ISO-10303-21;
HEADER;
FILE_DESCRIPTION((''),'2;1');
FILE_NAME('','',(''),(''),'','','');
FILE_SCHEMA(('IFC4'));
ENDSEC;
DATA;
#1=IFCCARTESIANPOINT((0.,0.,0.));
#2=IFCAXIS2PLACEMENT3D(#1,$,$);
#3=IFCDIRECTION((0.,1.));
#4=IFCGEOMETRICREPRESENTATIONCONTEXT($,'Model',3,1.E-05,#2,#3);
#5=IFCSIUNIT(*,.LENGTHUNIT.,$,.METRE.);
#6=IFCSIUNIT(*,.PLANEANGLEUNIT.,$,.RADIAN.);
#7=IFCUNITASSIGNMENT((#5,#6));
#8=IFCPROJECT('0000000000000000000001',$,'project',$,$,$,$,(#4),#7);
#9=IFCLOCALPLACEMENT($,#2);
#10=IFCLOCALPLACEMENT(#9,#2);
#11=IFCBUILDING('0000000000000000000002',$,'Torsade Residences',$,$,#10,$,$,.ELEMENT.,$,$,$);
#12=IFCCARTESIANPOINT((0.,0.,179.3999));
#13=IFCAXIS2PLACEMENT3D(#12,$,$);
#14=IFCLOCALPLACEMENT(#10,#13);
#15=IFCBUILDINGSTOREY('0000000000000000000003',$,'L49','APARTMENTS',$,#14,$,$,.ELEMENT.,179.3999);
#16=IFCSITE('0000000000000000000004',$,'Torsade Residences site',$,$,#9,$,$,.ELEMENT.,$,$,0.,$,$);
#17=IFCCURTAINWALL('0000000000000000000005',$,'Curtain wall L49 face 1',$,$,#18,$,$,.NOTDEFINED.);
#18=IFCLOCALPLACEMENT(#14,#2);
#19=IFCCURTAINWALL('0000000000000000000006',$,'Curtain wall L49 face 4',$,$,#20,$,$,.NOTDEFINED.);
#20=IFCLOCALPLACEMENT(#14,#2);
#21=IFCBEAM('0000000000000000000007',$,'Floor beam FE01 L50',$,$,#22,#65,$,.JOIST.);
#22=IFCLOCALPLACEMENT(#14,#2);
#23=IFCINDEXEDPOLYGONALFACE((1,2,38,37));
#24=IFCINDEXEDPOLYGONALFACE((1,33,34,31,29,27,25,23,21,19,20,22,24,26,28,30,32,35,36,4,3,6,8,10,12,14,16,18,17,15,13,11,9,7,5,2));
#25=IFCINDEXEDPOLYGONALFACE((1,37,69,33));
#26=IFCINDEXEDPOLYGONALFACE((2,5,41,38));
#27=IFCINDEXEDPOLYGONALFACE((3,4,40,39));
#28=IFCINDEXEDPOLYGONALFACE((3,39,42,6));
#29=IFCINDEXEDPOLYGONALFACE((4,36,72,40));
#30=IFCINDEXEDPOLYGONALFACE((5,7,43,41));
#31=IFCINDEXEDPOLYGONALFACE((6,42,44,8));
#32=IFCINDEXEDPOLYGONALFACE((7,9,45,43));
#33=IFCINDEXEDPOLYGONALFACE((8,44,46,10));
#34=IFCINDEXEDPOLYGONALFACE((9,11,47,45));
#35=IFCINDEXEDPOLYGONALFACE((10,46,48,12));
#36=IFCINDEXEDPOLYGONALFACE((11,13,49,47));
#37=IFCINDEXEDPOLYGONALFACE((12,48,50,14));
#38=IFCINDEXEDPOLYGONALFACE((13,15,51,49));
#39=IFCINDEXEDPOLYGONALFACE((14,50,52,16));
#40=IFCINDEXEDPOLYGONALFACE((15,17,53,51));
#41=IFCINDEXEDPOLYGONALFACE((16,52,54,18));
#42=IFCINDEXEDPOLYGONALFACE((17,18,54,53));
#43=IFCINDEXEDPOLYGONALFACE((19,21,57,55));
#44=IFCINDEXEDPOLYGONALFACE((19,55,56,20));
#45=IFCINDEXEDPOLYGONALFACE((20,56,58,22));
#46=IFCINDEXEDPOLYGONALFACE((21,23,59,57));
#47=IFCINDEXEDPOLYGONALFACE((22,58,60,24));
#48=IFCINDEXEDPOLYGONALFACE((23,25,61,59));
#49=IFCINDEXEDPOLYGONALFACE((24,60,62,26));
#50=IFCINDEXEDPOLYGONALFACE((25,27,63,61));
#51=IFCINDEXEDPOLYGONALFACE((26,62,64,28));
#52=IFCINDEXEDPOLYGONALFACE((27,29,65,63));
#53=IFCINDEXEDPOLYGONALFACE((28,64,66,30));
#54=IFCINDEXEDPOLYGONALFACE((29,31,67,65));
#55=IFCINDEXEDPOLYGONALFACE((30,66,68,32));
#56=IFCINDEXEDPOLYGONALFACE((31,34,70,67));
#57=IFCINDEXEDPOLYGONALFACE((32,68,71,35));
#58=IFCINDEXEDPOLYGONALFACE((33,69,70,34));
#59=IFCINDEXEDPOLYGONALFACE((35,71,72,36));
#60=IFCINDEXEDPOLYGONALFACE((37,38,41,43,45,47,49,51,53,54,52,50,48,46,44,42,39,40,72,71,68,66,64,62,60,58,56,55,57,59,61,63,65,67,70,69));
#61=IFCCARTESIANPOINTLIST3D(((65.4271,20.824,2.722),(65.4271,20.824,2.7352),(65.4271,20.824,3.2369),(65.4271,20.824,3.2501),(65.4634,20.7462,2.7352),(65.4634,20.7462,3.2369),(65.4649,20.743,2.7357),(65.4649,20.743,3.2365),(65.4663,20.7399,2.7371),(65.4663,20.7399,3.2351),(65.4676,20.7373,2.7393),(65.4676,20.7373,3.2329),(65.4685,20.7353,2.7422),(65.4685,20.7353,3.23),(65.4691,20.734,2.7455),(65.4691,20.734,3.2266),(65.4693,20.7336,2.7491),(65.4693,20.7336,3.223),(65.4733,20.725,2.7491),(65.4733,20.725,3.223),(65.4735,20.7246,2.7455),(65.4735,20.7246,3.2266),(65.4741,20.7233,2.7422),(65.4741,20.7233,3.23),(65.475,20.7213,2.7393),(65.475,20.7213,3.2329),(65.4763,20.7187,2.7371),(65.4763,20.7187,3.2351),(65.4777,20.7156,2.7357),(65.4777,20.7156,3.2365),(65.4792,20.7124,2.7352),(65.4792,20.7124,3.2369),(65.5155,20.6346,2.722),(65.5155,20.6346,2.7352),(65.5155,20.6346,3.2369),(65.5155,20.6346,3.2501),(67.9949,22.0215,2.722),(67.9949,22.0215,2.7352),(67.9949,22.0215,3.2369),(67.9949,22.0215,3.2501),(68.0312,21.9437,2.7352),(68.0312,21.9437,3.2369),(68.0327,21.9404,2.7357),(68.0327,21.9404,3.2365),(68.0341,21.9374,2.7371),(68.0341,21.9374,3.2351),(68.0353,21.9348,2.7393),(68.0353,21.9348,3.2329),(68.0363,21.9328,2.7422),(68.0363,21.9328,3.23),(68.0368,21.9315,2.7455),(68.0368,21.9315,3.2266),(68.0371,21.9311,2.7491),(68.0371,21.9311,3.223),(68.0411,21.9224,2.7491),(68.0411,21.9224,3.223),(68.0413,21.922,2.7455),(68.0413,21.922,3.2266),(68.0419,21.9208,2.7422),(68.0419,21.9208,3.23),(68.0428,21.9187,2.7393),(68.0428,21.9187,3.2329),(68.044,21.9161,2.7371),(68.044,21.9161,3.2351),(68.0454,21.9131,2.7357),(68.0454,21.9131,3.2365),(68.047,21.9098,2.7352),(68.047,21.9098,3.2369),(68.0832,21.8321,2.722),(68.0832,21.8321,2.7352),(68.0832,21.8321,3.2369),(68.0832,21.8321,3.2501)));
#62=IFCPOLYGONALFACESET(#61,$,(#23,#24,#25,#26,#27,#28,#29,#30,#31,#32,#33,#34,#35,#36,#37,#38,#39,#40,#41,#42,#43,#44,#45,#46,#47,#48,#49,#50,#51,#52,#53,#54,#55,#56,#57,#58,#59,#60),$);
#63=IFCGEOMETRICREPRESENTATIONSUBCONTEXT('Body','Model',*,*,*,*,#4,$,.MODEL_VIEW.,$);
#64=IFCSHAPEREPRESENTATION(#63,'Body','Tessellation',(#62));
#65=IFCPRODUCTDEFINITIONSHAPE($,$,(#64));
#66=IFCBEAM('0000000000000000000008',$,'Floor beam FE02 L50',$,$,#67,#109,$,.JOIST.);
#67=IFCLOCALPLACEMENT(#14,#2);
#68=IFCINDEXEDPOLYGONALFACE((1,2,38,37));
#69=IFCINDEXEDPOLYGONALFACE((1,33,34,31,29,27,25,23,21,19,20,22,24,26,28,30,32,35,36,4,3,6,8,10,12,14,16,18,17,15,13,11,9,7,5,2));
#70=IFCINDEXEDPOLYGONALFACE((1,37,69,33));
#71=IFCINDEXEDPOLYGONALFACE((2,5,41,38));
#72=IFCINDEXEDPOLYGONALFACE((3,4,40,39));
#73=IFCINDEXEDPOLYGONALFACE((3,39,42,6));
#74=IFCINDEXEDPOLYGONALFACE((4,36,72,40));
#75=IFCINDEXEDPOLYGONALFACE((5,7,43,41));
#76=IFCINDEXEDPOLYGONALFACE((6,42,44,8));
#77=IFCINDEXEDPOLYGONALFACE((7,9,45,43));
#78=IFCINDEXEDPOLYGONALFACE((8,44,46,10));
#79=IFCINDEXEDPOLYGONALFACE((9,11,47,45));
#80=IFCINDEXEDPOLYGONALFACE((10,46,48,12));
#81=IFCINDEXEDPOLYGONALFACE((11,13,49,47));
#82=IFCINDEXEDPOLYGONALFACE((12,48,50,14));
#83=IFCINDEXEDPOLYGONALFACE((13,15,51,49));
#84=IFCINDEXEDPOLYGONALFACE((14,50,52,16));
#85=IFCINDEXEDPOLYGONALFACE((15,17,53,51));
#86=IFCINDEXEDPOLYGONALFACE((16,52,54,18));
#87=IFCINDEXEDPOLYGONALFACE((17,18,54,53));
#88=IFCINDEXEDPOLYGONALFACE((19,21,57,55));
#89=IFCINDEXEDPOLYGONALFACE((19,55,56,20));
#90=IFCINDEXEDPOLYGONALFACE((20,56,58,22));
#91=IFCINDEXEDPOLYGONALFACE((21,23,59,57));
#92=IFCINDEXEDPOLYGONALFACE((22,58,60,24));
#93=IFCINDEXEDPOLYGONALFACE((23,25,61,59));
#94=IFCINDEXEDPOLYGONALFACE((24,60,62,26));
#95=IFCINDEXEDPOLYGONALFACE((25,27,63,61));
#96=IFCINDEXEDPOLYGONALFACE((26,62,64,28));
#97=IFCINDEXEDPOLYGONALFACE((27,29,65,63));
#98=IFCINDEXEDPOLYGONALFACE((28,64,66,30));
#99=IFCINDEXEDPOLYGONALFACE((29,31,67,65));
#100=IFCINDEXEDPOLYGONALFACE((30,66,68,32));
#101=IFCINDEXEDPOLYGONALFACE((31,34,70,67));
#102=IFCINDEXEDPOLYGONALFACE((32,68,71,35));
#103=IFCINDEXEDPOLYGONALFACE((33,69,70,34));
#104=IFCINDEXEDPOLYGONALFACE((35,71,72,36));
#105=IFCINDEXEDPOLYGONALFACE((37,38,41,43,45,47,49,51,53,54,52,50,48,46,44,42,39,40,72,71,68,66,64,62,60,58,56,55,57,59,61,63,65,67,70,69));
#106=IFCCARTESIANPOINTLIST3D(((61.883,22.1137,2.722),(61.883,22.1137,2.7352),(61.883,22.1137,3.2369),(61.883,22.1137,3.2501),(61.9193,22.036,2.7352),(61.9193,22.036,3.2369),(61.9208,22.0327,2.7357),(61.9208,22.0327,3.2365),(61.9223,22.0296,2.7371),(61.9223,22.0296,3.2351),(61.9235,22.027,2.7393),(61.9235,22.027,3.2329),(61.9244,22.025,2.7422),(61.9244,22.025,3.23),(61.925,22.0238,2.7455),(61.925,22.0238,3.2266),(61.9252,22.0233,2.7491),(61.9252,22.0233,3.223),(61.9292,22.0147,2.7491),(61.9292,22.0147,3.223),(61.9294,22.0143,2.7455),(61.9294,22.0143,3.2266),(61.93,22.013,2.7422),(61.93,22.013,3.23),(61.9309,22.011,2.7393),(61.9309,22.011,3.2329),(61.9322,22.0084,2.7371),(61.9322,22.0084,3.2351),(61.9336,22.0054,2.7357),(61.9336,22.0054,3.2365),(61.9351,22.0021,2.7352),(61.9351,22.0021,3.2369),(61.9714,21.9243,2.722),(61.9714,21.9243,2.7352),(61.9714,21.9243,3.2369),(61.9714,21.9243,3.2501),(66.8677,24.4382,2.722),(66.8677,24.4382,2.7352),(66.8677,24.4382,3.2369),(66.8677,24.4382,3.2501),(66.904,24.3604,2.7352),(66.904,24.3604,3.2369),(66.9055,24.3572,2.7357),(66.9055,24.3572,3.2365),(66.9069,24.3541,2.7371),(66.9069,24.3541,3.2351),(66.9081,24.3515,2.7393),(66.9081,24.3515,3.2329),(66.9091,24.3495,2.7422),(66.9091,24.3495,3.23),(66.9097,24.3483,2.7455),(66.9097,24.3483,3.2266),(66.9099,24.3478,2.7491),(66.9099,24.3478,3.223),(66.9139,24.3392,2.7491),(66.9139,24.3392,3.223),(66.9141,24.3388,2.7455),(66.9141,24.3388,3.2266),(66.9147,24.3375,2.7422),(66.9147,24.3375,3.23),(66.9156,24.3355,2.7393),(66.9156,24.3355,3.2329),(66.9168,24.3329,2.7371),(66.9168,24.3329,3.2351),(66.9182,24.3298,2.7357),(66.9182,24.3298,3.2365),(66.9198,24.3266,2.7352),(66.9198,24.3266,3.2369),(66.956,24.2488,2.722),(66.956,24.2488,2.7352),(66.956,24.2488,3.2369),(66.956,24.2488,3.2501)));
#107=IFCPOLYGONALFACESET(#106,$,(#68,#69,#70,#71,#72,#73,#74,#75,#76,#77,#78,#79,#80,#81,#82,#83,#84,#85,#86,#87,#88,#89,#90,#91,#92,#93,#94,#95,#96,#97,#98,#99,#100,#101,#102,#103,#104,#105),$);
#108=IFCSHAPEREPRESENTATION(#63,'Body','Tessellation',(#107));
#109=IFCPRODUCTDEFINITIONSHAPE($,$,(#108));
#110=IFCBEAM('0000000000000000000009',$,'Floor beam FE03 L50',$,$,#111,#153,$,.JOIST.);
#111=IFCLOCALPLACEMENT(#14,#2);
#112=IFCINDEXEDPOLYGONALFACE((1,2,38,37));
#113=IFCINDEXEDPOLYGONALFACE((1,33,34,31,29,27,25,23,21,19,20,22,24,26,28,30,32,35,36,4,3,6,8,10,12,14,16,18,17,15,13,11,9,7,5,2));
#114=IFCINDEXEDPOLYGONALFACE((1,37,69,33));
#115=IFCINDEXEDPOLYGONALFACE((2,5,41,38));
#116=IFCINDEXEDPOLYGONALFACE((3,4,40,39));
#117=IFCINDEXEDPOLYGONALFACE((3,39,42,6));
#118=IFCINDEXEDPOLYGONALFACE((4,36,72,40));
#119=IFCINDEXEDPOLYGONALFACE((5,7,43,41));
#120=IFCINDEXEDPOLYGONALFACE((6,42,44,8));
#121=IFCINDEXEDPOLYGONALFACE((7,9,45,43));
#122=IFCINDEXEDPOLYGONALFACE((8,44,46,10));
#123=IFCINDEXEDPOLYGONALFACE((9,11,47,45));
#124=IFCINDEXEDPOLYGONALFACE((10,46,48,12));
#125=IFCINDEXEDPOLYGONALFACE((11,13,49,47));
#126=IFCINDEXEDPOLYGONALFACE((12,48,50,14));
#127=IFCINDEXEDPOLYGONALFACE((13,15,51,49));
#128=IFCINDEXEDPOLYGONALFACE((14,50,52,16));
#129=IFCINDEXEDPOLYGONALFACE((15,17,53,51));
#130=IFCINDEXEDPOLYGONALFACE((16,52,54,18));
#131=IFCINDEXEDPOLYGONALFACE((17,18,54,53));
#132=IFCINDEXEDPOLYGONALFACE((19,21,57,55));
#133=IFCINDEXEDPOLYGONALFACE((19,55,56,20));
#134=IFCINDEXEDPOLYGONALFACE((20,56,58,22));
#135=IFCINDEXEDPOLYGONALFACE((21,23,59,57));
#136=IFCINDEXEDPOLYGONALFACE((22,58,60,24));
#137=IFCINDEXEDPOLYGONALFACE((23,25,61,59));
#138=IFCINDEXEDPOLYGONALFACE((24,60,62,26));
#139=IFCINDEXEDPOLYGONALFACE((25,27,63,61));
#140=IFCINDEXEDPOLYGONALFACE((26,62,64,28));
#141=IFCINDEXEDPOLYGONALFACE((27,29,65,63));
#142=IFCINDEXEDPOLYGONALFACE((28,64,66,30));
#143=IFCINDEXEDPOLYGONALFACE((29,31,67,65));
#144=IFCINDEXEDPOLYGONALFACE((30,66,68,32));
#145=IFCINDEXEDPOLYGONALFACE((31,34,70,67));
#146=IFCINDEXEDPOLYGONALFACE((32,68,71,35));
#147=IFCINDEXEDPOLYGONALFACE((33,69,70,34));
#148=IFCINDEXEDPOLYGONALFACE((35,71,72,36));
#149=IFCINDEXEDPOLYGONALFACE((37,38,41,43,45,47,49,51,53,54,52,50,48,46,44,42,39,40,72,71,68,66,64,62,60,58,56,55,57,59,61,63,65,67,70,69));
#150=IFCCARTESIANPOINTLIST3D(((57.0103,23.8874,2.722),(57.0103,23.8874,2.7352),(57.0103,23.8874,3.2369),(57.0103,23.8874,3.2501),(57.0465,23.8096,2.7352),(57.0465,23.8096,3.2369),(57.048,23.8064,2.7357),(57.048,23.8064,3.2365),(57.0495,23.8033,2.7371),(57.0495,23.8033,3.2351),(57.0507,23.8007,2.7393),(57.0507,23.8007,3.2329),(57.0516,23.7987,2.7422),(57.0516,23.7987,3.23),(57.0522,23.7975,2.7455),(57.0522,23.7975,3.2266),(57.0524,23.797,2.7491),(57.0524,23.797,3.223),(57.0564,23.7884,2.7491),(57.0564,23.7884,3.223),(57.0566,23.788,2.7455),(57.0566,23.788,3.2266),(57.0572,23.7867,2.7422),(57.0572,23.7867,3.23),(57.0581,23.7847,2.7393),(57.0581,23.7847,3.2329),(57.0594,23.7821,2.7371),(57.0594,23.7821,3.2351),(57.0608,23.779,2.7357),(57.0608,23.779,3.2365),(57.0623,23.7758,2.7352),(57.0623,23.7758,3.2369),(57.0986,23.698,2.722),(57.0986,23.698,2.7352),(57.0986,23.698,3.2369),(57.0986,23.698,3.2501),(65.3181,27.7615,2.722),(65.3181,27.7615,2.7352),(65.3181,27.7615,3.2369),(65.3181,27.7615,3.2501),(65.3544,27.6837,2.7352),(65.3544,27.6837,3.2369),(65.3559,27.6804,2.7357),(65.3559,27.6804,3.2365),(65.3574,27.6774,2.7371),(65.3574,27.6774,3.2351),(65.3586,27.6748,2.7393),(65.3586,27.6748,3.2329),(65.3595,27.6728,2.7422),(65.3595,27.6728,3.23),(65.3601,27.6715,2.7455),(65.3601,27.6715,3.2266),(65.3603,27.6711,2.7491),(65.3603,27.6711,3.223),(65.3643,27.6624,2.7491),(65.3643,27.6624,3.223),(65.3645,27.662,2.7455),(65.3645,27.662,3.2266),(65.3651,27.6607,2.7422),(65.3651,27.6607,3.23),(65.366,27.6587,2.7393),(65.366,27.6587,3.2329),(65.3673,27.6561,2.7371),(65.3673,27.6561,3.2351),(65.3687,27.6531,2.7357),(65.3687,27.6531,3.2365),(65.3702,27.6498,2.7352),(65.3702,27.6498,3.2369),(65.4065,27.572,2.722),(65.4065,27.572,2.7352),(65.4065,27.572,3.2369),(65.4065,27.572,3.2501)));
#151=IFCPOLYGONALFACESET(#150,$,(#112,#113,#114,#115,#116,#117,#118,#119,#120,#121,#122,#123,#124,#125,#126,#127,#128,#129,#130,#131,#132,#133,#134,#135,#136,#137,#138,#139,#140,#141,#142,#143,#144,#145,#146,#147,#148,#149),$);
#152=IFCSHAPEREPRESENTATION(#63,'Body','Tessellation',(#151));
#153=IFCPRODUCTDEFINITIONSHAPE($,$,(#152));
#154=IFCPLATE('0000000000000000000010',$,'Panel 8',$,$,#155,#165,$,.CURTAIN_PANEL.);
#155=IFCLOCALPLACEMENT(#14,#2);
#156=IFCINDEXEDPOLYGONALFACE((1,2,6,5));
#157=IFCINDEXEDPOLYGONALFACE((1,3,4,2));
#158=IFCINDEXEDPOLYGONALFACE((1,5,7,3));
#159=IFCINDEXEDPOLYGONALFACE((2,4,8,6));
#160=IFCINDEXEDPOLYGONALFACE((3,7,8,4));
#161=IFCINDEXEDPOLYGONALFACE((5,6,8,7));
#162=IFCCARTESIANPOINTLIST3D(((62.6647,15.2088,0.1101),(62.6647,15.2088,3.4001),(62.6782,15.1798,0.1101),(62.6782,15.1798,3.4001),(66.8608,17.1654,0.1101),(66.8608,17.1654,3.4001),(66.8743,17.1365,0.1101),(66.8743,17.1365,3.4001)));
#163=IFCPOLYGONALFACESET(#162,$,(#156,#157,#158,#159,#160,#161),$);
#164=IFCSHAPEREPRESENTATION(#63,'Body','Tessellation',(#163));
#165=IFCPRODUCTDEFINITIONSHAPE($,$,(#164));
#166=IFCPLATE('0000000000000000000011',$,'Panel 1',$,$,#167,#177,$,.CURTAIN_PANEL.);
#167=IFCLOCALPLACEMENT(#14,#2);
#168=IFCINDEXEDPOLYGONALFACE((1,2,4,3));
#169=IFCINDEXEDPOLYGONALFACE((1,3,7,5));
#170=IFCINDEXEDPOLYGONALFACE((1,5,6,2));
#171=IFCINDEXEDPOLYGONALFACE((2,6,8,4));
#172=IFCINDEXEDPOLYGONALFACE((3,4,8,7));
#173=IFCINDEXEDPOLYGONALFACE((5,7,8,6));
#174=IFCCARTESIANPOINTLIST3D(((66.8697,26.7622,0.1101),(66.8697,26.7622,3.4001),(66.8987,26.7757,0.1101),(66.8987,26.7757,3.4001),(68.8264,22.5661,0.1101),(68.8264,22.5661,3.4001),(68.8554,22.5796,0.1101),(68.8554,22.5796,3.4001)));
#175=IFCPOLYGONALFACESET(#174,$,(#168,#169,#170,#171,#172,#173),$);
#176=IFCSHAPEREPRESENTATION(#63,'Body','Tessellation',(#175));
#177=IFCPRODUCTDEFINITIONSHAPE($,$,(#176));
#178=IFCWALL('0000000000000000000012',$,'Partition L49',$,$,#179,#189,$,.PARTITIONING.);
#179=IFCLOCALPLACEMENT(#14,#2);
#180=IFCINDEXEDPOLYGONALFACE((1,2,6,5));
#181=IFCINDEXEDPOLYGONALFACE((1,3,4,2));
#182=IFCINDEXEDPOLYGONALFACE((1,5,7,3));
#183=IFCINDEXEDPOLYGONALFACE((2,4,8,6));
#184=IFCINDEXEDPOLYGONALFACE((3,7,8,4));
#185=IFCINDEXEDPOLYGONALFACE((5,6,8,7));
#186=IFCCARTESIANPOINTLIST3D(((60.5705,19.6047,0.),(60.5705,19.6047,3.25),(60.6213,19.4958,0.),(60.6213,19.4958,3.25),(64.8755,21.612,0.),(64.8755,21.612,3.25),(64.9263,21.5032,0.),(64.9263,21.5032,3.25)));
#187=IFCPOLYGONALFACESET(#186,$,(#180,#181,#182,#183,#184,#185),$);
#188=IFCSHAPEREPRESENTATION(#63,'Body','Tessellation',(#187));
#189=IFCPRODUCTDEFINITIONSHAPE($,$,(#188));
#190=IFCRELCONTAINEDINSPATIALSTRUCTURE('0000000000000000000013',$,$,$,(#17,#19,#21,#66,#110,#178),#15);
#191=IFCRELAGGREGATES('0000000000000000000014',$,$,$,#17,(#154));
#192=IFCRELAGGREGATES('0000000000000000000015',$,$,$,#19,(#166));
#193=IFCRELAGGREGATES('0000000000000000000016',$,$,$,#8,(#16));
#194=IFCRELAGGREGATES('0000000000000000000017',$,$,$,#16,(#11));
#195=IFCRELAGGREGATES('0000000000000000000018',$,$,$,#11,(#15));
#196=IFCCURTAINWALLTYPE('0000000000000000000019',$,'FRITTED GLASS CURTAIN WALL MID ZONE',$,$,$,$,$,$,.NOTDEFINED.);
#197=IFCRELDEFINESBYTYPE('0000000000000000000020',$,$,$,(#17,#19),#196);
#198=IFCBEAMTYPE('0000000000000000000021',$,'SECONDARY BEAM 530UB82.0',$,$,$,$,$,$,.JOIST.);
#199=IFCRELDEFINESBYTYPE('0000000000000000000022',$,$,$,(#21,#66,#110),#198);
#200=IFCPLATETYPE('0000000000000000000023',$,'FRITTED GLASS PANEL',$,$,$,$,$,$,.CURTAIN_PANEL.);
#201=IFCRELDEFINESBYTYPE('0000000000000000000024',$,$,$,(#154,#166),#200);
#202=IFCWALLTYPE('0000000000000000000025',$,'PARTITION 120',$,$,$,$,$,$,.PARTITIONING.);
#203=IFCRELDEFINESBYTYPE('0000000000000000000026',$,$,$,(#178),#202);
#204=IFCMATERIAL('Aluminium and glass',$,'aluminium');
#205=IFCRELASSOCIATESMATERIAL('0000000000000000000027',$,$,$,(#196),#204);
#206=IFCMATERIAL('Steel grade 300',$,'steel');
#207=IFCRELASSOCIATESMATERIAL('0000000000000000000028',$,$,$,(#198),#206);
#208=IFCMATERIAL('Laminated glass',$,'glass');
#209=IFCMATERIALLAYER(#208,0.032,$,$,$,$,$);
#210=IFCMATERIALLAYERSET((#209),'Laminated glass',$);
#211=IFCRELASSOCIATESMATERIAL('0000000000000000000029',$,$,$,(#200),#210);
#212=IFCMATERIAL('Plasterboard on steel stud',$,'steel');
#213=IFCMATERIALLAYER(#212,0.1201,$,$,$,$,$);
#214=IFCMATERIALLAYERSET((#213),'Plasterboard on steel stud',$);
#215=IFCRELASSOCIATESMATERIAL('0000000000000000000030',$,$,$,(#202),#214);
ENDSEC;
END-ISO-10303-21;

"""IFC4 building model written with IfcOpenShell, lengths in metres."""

from ifc_helpers import new_model, si_unit, direction, frame, frame_2d, origin, origin_2d, place, context, subcontext, project, spatial, rectangle, i_section, extrude, material, layer, layer_set, material_profile, profile_set, type_object, element, aggregate, save


model = new_model("IFC4")

# Units and contexts
model_context = context("Model", 3, precision=1e-05, world=origin(), true_north=direction((0.0, 1.0)))
body_context = subcontext(model_context, "Body", "Model", "MODEL_VIEW")
ifc_project = project(units=[si_unit("LENGTHUNIT", "METRE"), si_unit("PLANEANGLEUNIT", "RADIAN")], contexts=[model_context])

# Site, building, storey
site_placement = place(None, origin())
site = spatial("IfcSite", under=ifc_project, at=site_placement, Name="Torsade Residences site", CompositionType="ELEMENT", RefElevation=0.0)
building_placement = place(site_placement, origin())
building = spatial("IfcBuilding", under=site, at=building_placement, Name="Torsade Residences", CompositionType="ELEMENT")
storey_placement = place(building_placement, frame((0.0, 0.0, 179.3999)))
storey = spatial("IfcBuildingStorey", under=building, at=storey_placement, Name="L49", Description="APARTMENTS", CompositionType="ELEMENT", Elevation=179.3999)

# Curtain walls
ifc_material_1 = material(Name="Aluminium and glass", Category="aluminium")
curtain_wall_type = type_object("IfcCurtainWallType", Name="FRITTED GLASS CURTAIN WALL MID ZONE", PredefinedType="NOTDEFINED", material=ifc_material_1)
curtain_wall_1_placement = place(storey_placement, origin())
curtain_wall_1 = element("IfcCurtainWall", 1, at=curtain_wall_1_placement, inside=storey, type_object=curtain_wall_type, Name="Curtain wall L49 face 1", PredefinedType="NOTDEFINED")
curtain_wall_2_placement = place(storey_placement, origin())
curtain_wall_2 = element("IfcCurtainWall", 2, at=curtain_wall_2_placement, inside=storey, type_object=curtain_wall_type, Name="Curtain wall L49 face 4", PredefinedType="NOTDEFINED")

# Beams
ifc_material_2 = material(Name="Steel grade 300", Category="steel")
ifc_material_profile_1 = material_profile(ifc_material_2, i_section(OverallWidth=0.209, OverallDepth=0.5281, WebThickness=0.0095, FlangeThickness=0.0132, FilletRadius=0.0139, at=origin_2d()), Name="530UB82.0")
ifc_profile_set_1 = profile_set([ifc_material_profile_1], Name="Steel grade 300")
beam_type_1 = type_object("IfcBeamType", Name="SECONDARY BEAM 530UB82.0", PredefinedType="JOIST", material=ifc_profile_set_1)
for number, where, z_axis, x_axis, name in (
    (3, (68.0391, 21.9268, 2.9861), (-0.906295, -0.422645, 0.0), (0.422645, -0.906295, 0.0), "Floor beam FE01 L50"),
):
    element("IfcBeam", number, at=place(storey_placement, frame(where, z_axis=z_axis, x_axis=x_axis)), inside=storey, type_object=beam_type_1, Name=name, PredefinedType="JOIST", context=body_context, shape_type="SweptSolid", body=[
        extrude(i_section(OverallWidth=0.209, OverallDepth=0.5281, WebThickness=0.0095, FlangeThickness=0.0132, FilletRadius=0.0139, at=origin_2d()), origin(), (0.0, 0.0, 1.0), 2.8333),
    ])
beam_1_placement = place(storey_placement, frame((66.9119, 24.3435, 2.9861), z_axis=(-0.906301, -0.422633, 0.0), x_axis=(0.422633, -0.906301, 0.0)))
element("IfcBeam", 4, at=beam_1_placement, inside=storey, type_object=beam_type_1, Name="Floor beam FE02 L50", PredefinedType="JOIST", context=body_context, shape_type="SweptSolid", body=[
    extrude(i_section(OverallWidth=0.209, OverallDepth=0.5281, WebThickness=0.0095, FlangeThickness=0.0132, FilletRadius=0.0139, at=origin_2d()), origin(), (0.0, 0.0, 1.0), 5.5),
])
beam_2_placement = place(storey_placement, frame((65.3623, 27.6667, 2.9861), z_axis=(-0.906308, -0.422619, 0.0), x_axis=(0.422619, -0.906308, 0.0)))
element("IfcBeam", 5, at=beam_2_placement, inside=storey, type_object=beam_type_1, Name="Floor beam FE03 L50", PredefinedType="JOIST", context=body_context, shape_type="SweptSolid", body=[
    extrude(i_section(OverallWidth=0.209, OverallDepth=0.5281, WebThickness=0.0095, FlangeThickness=0.0132, FilletRadius=0.0139, at=origin_2d()), origin(), (0.0, 0.0, 1.0), 9.1667),
])

# Plates
ifc_material_3 = material(Name="Laminated glass", Category="glass")
ifc_layer_1 = layer(ifc_material_3, 0.032)
ifc_layer_set_1 = layer_set([ifc_layer_1], Name="Laminated glass")
plate_type = type_object("IfcPlateType", Name="FRITTED GLASS PANEL", PredefinedType="CURTAIN_PANEL", material=ifc_layer_set_1)
plate_1_placement = place(storey_placement, frame((64.7695, 16.1726, 0.1101), z_axis=(0.0, 0.0, 1.0), x_axis=(0.906308, 0.422618, 0.0)))
plate_1 = element("IfcPlate", 6, at=plate_1_placement, type_object=plate_type, Name="Panel 8", PredefinedType="CURTAIN_PANEL", context=body_context, shape_type="SweptSolid", body=[
    extrude(rectangle(XDim=4.6299, YDim=0.032, at=origin_2d()), origin(), (0.0, 0.0, 1.0), 3.29),
])
aggregate(curtain_wall_1, [plate_1])
plate_2_placement = place(storey_placement, frame((67.8625, 24.6709, 0.1101), z_axis=(0.0, 0.0, 1.0), x_axis=(-0.422618, 0.906308, 0.0)))
plate_2 = element("IfcPlate", 7, at=plate_2_placement, type_object=plate_type, Name="Panel 1", PredefinedType="CURTAIN_PANEL", context=body_context, shape_type="SweptSolid", body=[
    extrude(rectangle(XDim=4.6299, YDim=0.032, at=origin_2d()), origin(), (0.0, 0.0, 1.0), 3.29),
])
aggregate(curtain_wall_2, [plate_2])

# Wall
ifc_material_4 = material(Name="Plasterboard on steel stud", Category="steel")
ifc_layer_2 = layer(ifc_material_4, 0.1201)
ifc_layer_set_2 = layer_set([ifc_layer_2], Name="Plasterboard on steel stud")
wall_type_1 = type_object("IfcWallType", Name="PARTITION 120", PredefinedType="PARTITIONING", material=ifc_layer_set_2)
wall_1_placement = place(storey_placement, frame((64.9009, 21.5576, 0.0), z_axis=(0.0, 0.0, 1.0), x_axis=(-0.906316, -0.422601, 0.0)))
element("IfcWall", 8, at=wall_1_placement, inside=storey, type_object=wall_type_1, Name="Partition L49", PredefinedType="PARTITIONING", context=body_context, shape_type="SweptSolid", body=[
    extrude(rectangle(XDim=4.75, YDim=0.1201, at=frame_2d((2.375, 0.0))), origin(), (0.0, 0.0, 1.0), 3.25),
])

save(model, "model.ifc")
